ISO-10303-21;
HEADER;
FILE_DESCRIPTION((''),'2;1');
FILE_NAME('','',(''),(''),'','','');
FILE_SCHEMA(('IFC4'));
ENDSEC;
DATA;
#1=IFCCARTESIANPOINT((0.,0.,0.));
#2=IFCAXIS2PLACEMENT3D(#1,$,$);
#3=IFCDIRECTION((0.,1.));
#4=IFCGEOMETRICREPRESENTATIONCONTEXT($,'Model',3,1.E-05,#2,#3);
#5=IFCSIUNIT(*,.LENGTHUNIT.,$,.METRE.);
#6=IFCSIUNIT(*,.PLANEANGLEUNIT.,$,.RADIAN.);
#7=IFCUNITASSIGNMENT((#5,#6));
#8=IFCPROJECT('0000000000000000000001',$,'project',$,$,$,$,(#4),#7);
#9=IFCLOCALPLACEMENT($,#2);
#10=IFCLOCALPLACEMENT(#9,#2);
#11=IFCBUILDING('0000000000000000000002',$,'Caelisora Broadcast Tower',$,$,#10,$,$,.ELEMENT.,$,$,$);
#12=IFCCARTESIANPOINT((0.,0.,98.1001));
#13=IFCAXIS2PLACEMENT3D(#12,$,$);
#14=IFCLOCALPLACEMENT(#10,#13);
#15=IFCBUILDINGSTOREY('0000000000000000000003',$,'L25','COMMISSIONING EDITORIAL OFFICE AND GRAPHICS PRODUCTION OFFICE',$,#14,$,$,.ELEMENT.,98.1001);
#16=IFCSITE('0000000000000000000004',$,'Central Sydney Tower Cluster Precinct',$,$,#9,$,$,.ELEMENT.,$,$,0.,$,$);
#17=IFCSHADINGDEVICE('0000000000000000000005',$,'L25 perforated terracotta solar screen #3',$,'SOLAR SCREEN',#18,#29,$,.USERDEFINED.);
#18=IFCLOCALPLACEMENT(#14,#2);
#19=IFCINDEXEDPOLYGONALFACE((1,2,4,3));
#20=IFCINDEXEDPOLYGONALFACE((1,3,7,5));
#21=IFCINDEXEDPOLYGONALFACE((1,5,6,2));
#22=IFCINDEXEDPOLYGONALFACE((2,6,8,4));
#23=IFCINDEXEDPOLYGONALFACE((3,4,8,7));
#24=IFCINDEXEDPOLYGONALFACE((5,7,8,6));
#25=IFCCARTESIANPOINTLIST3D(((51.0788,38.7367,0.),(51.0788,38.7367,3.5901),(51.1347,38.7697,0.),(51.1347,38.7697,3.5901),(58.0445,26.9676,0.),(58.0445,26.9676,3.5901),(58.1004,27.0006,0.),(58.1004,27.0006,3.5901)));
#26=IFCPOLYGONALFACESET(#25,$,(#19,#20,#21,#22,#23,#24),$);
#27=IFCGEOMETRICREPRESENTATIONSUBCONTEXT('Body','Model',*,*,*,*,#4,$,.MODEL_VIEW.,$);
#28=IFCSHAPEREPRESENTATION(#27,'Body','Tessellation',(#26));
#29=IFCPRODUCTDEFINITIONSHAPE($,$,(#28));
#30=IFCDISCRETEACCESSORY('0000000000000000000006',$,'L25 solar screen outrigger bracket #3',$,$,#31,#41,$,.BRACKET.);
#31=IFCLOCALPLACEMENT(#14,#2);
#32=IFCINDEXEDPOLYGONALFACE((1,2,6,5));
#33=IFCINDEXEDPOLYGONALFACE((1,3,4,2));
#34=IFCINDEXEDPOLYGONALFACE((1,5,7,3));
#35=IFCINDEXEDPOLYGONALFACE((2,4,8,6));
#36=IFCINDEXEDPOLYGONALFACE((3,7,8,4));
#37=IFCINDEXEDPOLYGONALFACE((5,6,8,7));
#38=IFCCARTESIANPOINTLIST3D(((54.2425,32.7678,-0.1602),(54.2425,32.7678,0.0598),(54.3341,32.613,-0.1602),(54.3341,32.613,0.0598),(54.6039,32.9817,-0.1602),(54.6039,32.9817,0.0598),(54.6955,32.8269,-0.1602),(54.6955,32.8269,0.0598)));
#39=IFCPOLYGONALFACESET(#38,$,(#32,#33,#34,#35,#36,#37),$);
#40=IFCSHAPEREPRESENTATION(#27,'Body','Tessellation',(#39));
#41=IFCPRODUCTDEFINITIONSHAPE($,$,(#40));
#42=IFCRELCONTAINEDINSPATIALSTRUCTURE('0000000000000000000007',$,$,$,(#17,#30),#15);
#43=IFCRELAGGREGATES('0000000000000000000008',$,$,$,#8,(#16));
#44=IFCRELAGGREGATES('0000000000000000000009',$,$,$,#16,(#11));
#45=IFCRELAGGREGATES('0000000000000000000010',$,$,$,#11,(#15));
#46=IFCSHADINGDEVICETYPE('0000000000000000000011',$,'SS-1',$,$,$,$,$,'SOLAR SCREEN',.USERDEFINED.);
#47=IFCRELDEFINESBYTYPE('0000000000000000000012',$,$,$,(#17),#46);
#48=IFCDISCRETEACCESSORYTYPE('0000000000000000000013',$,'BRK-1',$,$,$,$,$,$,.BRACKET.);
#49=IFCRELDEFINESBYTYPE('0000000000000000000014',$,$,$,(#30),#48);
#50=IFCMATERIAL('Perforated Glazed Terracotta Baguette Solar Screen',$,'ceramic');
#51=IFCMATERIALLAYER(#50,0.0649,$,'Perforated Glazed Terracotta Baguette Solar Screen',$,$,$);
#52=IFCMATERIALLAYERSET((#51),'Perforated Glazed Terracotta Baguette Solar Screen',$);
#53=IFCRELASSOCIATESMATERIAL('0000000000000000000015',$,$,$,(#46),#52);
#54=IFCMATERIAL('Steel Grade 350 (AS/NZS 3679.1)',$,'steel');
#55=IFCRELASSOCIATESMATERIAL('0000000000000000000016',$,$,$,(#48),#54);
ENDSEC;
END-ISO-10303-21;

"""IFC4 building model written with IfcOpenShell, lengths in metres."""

from ifc_helpers import new_model, si_unit, direction, frame, origin, origin_2d, place, context, subcontext, project, spatial, rectangle, extrude, source, transform, mapped, material, layer, layer_set, type_object, type_shapes, element, save


model = new_model("IFC4")

# Units and contexts
model_context = context("Model", 3, precision=1e-05, world=origin(), true_north=direction((0.0, 1.0)))
body_context = subcontext(model_context, "Body", "Model", "MODEL_VIEW")
ifc_project = project(units=[si_unit("LENGTHUNIT", "METRE"), si_unit("PLANEANGLEUNIT", "RADIAN")], contexts=[model_context])

# Site, building, storey
site_placement = place(None, origin())
site = spatial("IfcSite", under=ifc_project, at=site_placement, Name="Central Sydney Tower Cluster Precinct", CompositionType="ELEMENT", RefElevation=0.0)
building_placement = place(site_placement, origin())
building = spatial("IfcBuilding", under=site, at=building_placement, Name="Caelisora Broadcast Tower", CompositionType="ELEMENT")
storey_placement = place(building_placement, frame((0.0, 0.0, 98.1001)))
storey = spatial("IfcBuildingStorey", under=building, at=storey_placement, Name="L25", Description="COMMISSIONING EDITORIAL OFFICE AND GRAPHICS PRODUCTION OFFICE", CompositionType="ELEMENT", Elevation=98.1001)

# Shared definitions
ifc_material_1 = material(Name="Steel Grade 350 (AS/NZS 3679.1)", Category="steel")

# Shading device
ifc_material_2 = material(Name="Perforated Glazed Terracotta Baguette Solar Screen", Category="ceramic")
ifc_layer_1 = layer(ifc_material_2, 0.0649, Name="Perforated Glazed Terracotta Baguette Solar Screen")
ifc_layer_set_1 = layer_set([ifc_layer_1], Name="Perforated Glazed Terracotta Baguette Solar Screen")
shading_device_type = type_object("IfcShadingDeviceType", Name="SS-1", ElementType="SOLAR SCREEN", PredefinedType="USERDEFINED", material=ifc_layer_set_1)
shared_shape_1 = source(origin(), body_context, "Body", "SweptSolid", [
    extrude(rectangle(XDim=13.676, YDim=0.0649, at=origin_2d()), origin(), (0.0, 0.0, 1.0), 3.5901),
])
type_shapes(shading_device_type, [shared_shape_1])
shading_device_placement = place(storey_placement, frame((54.5896, 32.8687, 0.0), z_axis=(0.0, 0.0, 1.0), x_axis=(-0.509342, 0.860564, 0.0)))
element("IfcShadingDevice", 1, at=shading_device_placement, inside=storey, type_object=shading_device_type, Name="L25 perforated terracotta solar screen #3", ObjectType="SOLAR SCREEN", PredefinedType="USERDEFINED", context=body_context, shape_type="MappedRepresentation", body=[
    mapped(shared_shape_1, transform((0.0, 0.0, 0.0), scale=1.0)),
])

# Discrete accessory
discrete_accessory_type = type_object("IfcDiscreteAccessoryType", Name="BRK-1", PredefinedType="BRACKET", material=ifc_material_1)
shared_shape_2 = source(origin(), body_context, "Body", "SweptSolid", [
    extrude(rectangle(XDim=0.1799, YDim=0.4199, at=origin_2d()), origin(), (0.0, 0.0, 1.0), 0.22),
])
type_shapes(discrete_accessory_type, [shared_shape_2])
discrete_accessory_placement = place(storey_placement, frame((54.469, 32.7974, -0.1602), z_axis=(0.0, 0.0, 1.0), x_axis=(-0.509342, 0.860564, 0.0)))
element("IfcDiscreteAccessory", 2, at=discrete_accessory_placement, inside=storey, type_object=discrete_accessory_type, Name="L25 solar screen outrigger bracket #3", PredefinedType="BRACKET", context=body_context, shape_type="MappedRepresentation", body=[
    mapped(shared_shape_2, transform((0.0, 0.0, 0.0), scale=1.0)),
])

save(model, "model.ifc")
